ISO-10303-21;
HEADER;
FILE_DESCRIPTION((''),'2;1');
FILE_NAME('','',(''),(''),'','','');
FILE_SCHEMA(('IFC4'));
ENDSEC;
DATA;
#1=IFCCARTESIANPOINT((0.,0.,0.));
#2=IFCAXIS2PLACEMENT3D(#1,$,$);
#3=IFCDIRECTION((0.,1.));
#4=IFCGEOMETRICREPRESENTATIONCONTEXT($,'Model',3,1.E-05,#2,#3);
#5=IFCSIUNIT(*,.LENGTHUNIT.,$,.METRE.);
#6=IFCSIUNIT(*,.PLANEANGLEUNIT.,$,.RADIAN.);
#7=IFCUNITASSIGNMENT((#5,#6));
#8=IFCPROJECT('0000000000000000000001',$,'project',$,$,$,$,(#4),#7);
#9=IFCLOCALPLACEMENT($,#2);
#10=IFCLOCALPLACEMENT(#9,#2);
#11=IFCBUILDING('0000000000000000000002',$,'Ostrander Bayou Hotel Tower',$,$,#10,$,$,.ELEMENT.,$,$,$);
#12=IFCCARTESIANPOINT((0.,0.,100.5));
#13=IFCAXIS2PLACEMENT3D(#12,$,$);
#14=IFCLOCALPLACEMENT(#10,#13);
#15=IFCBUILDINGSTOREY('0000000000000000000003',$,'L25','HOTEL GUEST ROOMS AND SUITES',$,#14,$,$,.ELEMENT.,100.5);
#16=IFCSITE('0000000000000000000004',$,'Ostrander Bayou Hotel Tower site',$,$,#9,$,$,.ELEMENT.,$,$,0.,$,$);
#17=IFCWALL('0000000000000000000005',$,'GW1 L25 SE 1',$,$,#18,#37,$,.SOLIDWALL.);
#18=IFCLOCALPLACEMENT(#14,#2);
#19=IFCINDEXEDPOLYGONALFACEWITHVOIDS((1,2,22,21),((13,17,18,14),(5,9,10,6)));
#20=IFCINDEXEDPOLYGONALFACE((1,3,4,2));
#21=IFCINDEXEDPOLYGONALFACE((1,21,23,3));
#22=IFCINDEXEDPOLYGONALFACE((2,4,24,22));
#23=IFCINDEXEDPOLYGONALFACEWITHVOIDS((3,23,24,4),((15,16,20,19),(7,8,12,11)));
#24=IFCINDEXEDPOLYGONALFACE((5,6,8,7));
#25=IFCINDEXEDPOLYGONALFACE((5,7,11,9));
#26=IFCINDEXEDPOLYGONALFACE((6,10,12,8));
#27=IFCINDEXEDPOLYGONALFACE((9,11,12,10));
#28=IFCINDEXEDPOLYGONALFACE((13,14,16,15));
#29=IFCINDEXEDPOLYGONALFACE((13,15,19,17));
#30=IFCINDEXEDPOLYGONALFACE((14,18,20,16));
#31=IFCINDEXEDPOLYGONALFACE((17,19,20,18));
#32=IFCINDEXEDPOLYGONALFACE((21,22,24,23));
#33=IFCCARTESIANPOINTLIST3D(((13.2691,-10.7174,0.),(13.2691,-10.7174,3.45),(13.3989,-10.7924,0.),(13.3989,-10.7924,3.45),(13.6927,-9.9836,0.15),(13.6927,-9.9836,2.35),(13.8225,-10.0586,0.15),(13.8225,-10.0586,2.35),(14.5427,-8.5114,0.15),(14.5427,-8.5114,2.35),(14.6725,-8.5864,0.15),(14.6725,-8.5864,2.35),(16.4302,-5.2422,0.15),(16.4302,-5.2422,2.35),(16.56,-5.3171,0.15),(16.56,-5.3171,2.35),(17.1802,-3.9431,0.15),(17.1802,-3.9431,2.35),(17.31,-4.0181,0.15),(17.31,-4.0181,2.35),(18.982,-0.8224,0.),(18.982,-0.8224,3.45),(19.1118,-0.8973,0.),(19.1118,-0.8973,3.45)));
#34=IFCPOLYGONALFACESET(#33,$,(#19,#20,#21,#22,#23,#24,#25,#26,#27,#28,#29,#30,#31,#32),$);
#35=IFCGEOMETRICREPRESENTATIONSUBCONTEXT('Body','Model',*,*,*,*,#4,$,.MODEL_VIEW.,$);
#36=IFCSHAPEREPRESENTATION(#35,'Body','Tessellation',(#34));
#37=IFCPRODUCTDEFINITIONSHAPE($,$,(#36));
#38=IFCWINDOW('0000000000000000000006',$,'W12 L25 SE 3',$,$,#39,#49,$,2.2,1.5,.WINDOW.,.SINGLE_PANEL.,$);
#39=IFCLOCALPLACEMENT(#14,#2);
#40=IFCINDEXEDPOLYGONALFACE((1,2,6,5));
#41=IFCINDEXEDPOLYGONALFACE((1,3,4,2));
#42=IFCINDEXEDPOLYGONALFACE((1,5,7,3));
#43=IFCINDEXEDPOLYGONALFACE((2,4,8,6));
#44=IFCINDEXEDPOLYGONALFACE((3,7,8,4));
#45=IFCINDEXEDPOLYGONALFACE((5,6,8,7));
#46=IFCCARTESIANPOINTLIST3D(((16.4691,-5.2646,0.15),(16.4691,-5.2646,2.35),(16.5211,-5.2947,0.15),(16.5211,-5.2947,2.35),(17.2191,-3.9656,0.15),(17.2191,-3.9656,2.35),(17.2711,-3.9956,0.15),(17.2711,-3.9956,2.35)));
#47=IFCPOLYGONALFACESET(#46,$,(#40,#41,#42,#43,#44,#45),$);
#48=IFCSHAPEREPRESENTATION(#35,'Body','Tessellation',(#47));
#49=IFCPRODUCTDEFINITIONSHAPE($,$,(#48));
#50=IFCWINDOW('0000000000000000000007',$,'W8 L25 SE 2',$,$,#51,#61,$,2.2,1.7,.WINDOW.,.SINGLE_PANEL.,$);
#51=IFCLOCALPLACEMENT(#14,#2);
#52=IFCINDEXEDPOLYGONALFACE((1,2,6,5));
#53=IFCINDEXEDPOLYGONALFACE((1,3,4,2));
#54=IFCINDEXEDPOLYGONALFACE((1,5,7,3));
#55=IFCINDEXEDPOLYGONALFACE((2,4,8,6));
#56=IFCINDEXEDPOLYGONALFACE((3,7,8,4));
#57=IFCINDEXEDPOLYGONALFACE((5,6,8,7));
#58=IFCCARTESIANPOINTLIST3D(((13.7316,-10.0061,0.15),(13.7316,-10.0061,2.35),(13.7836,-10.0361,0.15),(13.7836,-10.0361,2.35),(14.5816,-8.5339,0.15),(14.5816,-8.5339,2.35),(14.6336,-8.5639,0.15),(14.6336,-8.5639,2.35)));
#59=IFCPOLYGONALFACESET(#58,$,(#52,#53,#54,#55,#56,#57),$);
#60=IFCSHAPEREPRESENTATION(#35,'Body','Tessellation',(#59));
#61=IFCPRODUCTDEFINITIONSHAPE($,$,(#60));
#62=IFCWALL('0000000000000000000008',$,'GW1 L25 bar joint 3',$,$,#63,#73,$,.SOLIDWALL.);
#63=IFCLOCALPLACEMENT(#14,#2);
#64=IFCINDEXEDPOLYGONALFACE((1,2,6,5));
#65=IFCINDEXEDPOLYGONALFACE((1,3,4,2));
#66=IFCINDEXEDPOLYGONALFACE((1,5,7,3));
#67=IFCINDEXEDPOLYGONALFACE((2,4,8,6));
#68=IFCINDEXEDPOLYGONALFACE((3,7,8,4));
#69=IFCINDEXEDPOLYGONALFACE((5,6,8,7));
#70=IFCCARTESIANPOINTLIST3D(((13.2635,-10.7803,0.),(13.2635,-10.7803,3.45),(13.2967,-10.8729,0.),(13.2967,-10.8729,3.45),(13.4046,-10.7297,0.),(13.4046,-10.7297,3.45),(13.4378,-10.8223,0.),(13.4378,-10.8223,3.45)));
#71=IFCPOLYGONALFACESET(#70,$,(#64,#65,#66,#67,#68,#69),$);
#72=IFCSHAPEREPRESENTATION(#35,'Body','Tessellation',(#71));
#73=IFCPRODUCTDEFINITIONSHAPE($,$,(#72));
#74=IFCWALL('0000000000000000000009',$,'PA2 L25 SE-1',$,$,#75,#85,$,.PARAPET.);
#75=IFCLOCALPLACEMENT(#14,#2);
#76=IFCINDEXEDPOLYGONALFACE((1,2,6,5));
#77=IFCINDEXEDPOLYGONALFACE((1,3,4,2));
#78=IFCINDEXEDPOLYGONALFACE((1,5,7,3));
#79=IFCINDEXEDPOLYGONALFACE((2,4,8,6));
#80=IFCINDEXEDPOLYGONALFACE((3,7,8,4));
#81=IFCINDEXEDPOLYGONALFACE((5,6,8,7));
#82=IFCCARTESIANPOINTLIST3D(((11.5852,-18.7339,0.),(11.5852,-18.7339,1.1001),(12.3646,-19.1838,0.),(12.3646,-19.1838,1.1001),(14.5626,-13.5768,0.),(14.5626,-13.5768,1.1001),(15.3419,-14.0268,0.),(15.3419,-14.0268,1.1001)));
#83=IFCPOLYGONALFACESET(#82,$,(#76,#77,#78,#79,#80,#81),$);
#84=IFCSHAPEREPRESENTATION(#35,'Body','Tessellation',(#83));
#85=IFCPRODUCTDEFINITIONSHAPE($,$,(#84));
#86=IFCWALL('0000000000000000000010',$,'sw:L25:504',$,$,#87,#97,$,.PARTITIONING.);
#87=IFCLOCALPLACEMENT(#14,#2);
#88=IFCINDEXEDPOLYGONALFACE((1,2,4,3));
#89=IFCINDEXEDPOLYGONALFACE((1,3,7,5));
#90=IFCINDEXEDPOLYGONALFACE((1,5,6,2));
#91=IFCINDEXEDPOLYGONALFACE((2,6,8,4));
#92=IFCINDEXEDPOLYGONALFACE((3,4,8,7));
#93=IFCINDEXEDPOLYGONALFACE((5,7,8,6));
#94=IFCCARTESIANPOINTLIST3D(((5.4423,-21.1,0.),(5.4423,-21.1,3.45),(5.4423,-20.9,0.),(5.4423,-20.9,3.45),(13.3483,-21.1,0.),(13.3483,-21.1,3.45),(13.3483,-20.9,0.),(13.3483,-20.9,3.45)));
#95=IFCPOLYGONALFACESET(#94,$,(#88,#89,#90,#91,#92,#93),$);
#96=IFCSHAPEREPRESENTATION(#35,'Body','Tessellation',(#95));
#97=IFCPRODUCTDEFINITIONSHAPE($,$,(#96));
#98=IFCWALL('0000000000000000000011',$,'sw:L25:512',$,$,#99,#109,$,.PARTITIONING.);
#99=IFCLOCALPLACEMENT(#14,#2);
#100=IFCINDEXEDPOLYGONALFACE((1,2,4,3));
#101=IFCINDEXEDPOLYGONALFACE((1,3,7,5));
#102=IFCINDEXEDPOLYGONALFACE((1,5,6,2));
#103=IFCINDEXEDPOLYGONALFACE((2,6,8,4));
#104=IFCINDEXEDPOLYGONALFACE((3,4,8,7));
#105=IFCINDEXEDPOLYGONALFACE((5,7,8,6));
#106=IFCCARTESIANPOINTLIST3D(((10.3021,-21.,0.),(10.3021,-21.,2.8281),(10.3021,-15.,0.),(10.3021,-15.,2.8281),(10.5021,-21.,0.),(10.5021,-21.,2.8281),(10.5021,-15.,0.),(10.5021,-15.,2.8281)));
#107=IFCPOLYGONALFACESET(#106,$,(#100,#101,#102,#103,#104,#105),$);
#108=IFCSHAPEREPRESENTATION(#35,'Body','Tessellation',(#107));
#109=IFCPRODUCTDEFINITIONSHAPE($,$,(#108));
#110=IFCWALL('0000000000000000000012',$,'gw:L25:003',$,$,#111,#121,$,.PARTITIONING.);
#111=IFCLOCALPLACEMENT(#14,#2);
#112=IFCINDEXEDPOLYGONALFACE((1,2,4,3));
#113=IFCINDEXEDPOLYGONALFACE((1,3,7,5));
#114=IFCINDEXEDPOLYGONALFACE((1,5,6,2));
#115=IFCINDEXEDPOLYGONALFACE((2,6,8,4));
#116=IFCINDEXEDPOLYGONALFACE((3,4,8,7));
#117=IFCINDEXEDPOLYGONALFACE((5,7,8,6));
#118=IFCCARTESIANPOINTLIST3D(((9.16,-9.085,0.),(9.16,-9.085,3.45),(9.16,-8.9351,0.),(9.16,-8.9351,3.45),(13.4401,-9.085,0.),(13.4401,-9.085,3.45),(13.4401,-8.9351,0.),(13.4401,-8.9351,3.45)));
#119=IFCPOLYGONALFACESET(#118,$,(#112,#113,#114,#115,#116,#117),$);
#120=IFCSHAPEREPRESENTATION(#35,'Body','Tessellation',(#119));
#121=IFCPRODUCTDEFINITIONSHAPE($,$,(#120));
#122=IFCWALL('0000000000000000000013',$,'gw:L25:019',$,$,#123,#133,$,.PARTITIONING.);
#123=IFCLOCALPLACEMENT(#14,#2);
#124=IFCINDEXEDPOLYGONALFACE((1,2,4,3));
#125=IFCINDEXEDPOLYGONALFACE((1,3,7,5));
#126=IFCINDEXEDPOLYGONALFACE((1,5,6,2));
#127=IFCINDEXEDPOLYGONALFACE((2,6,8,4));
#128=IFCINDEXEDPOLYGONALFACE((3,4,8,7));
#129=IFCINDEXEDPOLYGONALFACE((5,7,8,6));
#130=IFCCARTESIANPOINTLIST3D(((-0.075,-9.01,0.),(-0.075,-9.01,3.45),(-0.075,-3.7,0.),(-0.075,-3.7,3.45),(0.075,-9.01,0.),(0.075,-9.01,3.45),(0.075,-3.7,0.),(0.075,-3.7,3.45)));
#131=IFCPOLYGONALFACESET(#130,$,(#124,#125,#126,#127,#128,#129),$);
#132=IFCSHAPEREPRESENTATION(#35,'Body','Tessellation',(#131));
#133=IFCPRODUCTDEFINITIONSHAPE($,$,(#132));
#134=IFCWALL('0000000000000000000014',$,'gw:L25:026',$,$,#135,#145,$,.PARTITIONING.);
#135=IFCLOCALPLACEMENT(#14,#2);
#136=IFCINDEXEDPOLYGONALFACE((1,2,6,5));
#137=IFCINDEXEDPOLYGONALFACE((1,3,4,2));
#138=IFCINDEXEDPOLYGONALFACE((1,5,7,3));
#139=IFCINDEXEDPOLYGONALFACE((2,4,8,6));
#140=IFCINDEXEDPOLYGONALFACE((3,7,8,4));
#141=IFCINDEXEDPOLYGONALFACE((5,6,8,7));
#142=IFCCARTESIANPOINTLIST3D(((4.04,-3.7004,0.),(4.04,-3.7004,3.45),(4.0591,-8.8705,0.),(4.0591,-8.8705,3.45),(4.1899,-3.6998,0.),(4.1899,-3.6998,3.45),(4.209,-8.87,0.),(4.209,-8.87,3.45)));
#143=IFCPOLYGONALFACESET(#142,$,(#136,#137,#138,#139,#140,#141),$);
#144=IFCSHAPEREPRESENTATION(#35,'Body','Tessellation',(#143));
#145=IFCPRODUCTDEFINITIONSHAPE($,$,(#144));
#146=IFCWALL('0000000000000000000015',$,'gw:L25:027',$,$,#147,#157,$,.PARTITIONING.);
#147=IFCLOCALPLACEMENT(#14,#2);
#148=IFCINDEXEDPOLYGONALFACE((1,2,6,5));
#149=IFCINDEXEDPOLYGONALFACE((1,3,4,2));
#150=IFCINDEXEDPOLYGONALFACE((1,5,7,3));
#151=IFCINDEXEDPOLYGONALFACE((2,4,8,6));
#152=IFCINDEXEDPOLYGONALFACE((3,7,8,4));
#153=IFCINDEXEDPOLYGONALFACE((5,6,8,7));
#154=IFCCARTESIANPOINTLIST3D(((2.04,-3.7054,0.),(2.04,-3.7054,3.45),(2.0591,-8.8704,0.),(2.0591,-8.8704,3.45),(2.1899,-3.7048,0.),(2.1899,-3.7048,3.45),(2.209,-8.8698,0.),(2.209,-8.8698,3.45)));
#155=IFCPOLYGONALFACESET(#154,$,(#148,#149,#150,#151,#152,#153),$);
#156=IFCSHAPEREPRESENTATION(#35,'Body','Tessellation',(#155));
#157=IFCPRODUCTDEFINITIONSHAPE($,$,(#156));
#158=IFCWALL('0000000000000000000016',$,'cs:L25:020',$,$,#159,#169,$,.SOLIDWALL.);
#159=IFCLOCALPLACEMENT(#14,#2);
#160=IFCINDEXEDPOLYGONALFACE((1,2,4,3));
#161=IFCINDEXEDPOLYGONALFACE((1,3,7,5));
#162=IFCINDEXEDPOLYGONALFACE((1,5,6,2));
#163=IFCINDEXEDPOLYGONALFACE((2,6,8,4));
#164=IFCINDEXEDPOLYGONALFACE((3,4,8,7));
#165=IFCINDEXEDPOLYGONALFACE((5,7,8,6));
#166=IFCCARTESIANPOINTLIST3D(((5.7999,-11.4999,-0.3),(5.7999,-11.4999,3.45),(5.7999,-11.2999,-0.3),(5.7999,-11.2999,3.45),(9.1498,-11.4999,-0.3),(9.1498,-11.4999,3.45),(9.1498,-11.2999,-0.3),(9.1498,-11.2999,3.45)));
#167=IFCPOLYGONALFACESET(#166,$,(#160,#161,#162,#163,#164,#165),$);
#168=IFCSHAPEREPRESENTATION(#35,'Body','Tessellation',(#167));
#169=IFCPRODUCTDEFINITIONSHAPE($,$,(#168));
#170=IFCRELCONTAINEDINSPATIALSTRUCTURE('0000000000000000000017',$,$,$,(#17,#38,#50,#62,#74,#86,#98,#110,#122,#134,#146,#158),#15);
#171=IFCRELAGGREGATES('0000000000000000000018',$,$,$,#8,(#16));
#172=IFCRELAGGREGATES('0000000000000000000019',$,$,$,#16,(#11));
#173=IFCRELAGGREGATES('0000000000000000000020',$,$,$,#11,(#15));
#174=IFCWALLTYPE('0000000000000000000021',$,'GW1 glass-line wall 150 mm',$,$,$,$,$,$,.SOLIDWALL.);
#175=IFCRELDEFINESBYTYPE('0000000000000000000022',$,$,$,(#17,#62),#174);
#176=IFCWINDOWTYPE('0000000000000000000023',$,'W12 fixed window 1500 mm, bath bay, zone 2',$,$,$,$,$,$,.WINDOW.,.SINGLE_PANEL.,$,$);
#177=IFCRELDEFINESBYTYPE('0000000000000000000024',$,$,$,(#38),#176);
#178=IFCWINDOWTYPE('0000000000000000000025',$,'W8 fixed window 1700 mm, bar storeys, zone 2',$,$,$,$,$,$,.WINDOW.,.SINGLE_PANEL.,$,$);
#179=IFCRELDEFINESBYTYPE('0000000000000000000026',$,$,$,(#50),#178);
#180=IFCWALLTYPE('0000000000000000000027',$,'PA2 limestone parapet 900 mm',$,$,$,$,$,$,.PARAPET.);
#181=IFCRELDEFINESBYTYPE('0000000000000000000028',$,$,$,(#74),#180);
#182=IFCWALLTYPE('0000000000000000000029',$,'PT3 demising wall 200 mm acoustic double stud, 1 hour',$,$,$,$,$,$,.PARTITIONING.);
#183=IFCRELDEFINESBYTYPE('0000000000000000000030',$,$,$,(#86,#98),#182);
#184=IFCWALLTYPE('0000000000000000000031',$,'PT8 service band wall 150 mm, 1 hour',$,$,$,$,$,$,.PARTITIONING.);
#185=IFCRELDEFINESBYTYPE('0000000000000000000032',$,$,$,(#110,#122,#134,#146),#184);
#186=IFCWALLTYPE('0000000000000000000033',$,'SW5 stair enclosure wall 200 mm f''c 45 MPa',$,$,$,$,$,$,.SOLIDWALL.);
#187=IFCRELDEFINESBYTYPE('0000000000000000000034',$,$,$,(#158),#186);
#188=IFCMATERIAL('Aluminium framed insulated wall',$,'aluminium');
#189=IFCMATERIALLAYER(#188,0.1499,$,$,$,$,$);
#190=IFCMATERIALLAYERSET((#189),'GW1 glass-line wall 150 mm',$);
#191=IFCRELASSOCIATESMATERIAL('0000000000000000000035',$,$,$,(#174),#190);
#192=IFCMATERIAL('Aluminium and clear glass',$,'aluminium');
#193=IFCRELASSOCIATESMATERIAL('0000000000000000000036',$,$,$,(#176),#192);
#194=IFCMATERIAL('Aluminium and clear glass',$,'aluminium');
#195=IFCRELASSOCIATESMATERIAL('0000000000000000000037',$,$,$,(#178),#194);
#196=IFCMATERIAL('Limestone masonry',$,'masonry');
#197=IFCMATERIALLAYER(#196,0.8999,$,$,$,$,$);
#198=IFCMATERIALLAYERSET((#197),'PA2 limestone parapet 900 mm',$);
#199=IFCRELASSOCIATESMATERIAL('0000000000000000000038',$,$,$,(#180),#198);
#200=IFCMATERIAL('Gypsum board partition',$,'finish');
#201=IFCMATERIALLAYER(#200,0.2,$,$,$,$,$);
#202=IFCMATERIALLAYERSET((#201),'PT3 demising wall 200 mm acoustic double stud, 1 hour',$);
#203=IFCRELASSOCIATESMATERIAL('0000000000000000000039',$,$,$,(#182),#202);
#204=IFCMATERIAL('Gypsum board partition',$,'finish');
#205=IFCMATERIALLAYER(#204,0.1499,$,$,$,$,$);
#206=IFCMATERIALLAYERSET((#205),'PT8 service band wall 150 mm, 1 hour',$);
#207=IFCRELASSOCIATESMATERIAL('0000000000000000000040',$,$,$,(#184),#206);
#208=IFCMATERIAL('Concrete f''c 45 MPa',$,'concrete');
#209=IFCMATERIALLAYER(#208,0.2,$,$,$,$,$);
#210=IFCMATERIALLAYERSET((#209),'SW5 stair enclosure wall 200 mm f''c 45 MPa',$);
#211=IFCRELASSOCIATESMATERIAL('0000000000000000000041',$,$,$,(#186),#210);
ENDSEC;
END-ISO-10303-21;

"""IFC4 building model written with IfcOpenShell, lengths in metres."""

from ifc_helpers import new_model, si_unit, direction, frame, frame_2d, origin, place, context, subcontext, project, spatial, rectangle, extrude, material, layer, layer_set, type_object, element, fill, save


model = new_model("IFC4")

# Units and contexts
model_context = context("Model", 3, precision=1e-05, world=origin(), true_north=direction((0.0, 1.0)))
body_context = subcontext(model_context, "Body", "Model", "MODEL_VIEW")
ifc_project = project(units=[si_unit("LENGTHUNIT", "METRE"), si_unit("PLANEANGLEUNIT", "RADIAN")], contexts=[model_context])

# Site, building, storey
site_placement = place(None, origin())
site = spatial("IfcSite", under=ifc_project, at=site_placement, Name="Ostrander Bayou Hotel Tower site", CompositionType="ELEMENT", RefElevation=0.0)
building_placement = place(site_placement, origin())
building = spatial("IfcBuilding", under=site, at=building_placement, Name="Ostrander Bayou Hotel Tower", CompositionType="ELEMENT")
storey_placement = place(building_placement, frame((0.0, 0.0, 100.5)))
storey = spatial("IfcBuildingStorey", under=building, at=storey_placement, Name="L25", Description="HOTEL GUEST ROOMS AND SUITES", CompositionType="ELEMENT", Elevation=100.5)

# Wall, openings, windows
ifc_material_1 = material(Name="Aluminium framed insulated wall", Category="aluminium")
ifc_layer_1 = layer(ifc_material_1, 0.1499)
ifc_layer_set_1 = layer_set([ifc_layer_1], Name="GW1 glass-line wall 150 mm")
wall_type_1 = type_object("IfcWallType", Name="GW1 glass-line wall 150 mm", PredefinedType="SOLIDWALL", material=ifc_layer_set_1)
wall_1_placement = place(storey_placement, frame((13.334, -10.7549, 0.0), z_axis=(0.0, 0.0, 1.0), x_axis=(0.5, 0.866025, 0.0)))
wall_1 = element("IfcWall", 1, at=wall_1_placement, inside=storey, type_object=wall_type_1, Name="GW1 L25 SE 1", PredefinedType="SOLIDWALL", context=body_context, shape_type="SweptSolid", body=[
    extrude(rectangle(XDim=11.4258, YDim=0.1499, at=frame_2d((5.7129, 0.0))), origin(), (0.0, 0.0, 1.0), 3.45),
])
opening_1_placement = place(wall_1_placement, frame((0.8472, 0.0, 0.1499)))
opening_1 = element("IfcOpeningElement", 2, at=opening_1_placement, cuts=wall_1, PredefinedType="OPENING", context=body_context, shape_type="SweptSolid", body=[
    extrude(rectangle(XDim=1.7, YDim=2.2, at=frame_2d((0.8501, 1.1001))), frame((0.0, 0.075, 0.0), z_axis=(0.0, -1.0, 0.0), x_axis=(1.0, 0.0, 0.0)), (0.0, 0.0, 1.0), 0.1499),
])
opening_2_placement = place(wall_1_placement, frame((6.3223, 0.0, 0.1499)))
opening_2 = element("IfcOpeningElement", 3, at=opening_2_placement, cuts=wall_1, PredefinedType="OPENING", context=body_context, shape_type="SweptSolid", body=[
    extrude(rectangle(XDim=1.5, YDim=2.2, at=frame_2d((0.75, 1.1001))), frame((0.0, 0.075, 0.0), z_axis=(0.0, -1.0, 0.0), x_axis=(1.0, 0.0, 0.0)), (0.0, 0.0, 1.0), 0.1499),
])
ifc_material_2 = material(Name="Aluminium and clear glass", Category="aluminium")
window_type_1 = type_object("IfcWindowType", Name="W12 fixed window 1500 mm, bath bay, zone 2", PartitioningType="SINGLE_PANEL", PredefinedType="WINDOW", material=ifc_material_2)
window_1_placement = place(opening_2_placement, origin())
window_1 = element("IfcWindow", 4, at=window_1_placement, inside=storey, type_object=window_type_1, Name="W12 L25 SE 3", OverallHeight=2.2, OverallWidth=1.5, PartitioningType="SINGLE_PANEL", PredefinedType="WINDOW", context=body_context, shape_type="SweptSolid", body=[
    extrude(rectangle(XDim=1.5, YDim=2.2, at=frame_2d((0.75, 1.1001))), frame((0.0, 0.03, 0.0), z_axis=(0.0, -1.0, 0.0), x_axis=(1.0, 0.0, 0.0)), (0.0, 0.0, 1.0), 0.0601),
])
fill(opening_2, window_1)
ifc_material_3 = material(Name="Aluminium and clear glass", Category="aluminium")
window_type_2 = type_object("IfcWindowType", Name="W8 fixed window 1700 mm, bar storeys, zone 2", PartitioningType="SINGLE_PANEL", PredefinedType="WINDOW", material=ifc_material_3)
window_2_placement = place(opening_1_placement, origin())
window_2 = element("IfcWindow", 5, at=window_2_placement, inside=storey, type_object=window_type_2, Name="W8 L25 SE 2", OverallHeight=2.2, OverallWidth=1.7, PartitioningType="SINGLE_PANEL", PredefinedType="WINDOW", context=body_context, shape_type="SweptSolid", body=[
    extrude(rectangle(XDim=1.7, YDim=2.2, at=frame_2d((0.8501, 1.1001))), frame((0.0, 0.03, 0.0), z_axis=(0.0, -1.0, 0.0), x_axis=(1.0, 0.0, 0.0)), (0.0, 0.0, 1.0), 0.0601),
])
fill(opening_1, window_2)

# Walls
wall_2_placement = place(storey_placement, frame((13.334, -10.7549, 0.0), z_axis=(0.0, 0.0, 1.0), x_axis=(0.337752, -0.941235, 0.0)))
element("IfcWall", 6, at=wall_2_placement, inside=storey, type_object=wall_type_1, Name="GW1 L25 bar joint 3", PredefinedType="SOLIDWALL", context=body_context, shape_type="SweptSolid", body=[
    extrude(rectangle(XDim=0.0984, YDim=0.1499, at=frame_2d((0.0493, 0.0))), origin(), (0.0, 0.0, 1.0), 3.45),
])
ifc_material_4 = material(Name="Limestone masonry", Category="masonry")
ifc_layer_2 = layer(ifc_material_4, 0.8999)
ifc_layer_set_2 = layer_set([ifc_layer_2], Name="PA2 limestone parapet 900 mm")
wall_type_2 = type_object("IfcWallType", Name="PA2 limestone parapet 900 mm", PredefinedType="PARAPET", material=ifc_layer_set_2)
wall_3_placement = place(storey_placement, frame((11.9749, -18.959, 0.0), z_axis=(0.0, 0.0, 1.0), x_axis=(0.499989, 0.866032, 0.0)))
element("IfcWall", 7, at=wall_3_placement, inside=storey, type_object=wall_type_2, Name="PA2 L25 SE-1", PredefinedType="PARAPET", context=body_context, shape_type="SweptSolid", body=[
    extrude(rectangle(XDim=5.9548, YDim=0.8999, at=frame_2d((2.9775, 0.0))), origin(), (0.0, 0.0, 1.0), 1.1001),
])
ifc_material_5 = material(Name="Gypsum board partition", Category="finish")
ifc_layer_3 = layer(ifc_material_5, 0.2)
ifc_layer_set_3 = layer_set([ifc_layer_3], Name="PT3 demising wall 200 mm acoustic double stud, 1 hour")
wall_type_3 = type_object("IfcWallType", Name="PT3 demising wall 200 mm acoustic double stud, 1 hour", PredefinedType="PARTITIONING", material=ifc_layer_set_3)
wall_4_placement = place(storey_placement, frame((5.4421, -21.0, 0.0), z_axis=(0.0, 0.0, 1.0), x_axis=(1.0, 0.0, 0.0)))
element("IfcWall", 8, at=wall_4_placement, inside=storey, type_object=wall_type_3, Name="sw:L25:504", PredefinedType="PARTITIONING", context=body_context, shape_type="SweptSolid", body=[
    extrude(rectangle(XDim=7.906, YDim=0.2, at=frame_2d((3.9531, 0.0))), origin(), (0.0, 0.0, 1.0), 3.45),
])
wall_5_placement = place(storey_placement, frame((10.4021, -21.0, 0.0), z_axis=(0.0, 0.0, 1.0), x_axis=(0.0, 1.0, 0.0)))
element("IfcWall", 9, at=wall_5_placement, inside=storey, type_object=wall_type_3, Name="sw:L25:512", PredefinedType="PARTITIONING", context=body_context, shape_type="SweptSolid", body=[
    extrude(rectangle(XDim=6.0, YDim=0.2, at=frame_2d((3.0, 0.0))), origin(), (0.0, 0.0, 1.0), 2.8281),
])
ifc_material_6 = material(Name="Gypsum board partition", Category="finish")
ifc_layer_4 = layer(ifc_material_6, 0.1499)
ifc_layer_set_4 = layer_set([ifc_layer_4], Name="PT8 service band wall 150 mm, 1 hour")
wall_type_4 = type_object("IfcWallType", Name="PT8 service band wall 150 mm, 1 hour", PredefinedType="PARTITIONING", material=ifc_layer_set_4)
wall_6_placement = place(storey_placement, frame((9.1599, -9.01, 0.0), z_axis=(0.0, 0.0, 1.0), x_axis=(1.0, 0.0, 0.0)))
element("IfcWall", 10, at=wall_6_placement, inside=storey, type_object=wall_type_4, Name="gw:L25:003", PredefinedType="PARTITIONING", context=body_context, shape_type="SweptSolid", body=[
    extrude(rectangle(XDim=4.28, YDim=0.1499, at=frame_2d((2.1401, 0.0))), origin(), (0.0, 0.0, 1.0), 3.45),
])
wall_7_placement = place(storey_placement, frame((0.0, -9.01, 0.0), z_axis=(0.0, 0.0, 1.0), x_axis=(0.0, 1.0, 0.0)))
element("IfcWall", 11, at=wall_7_placement, inside=storey, type_object=wall_type_4, Name="gw:L25:019", PredefinedType="PARTITIONING", context=body_context, shape_type="SweptSolid", body=[
    extrude(rectangle(XDim=5.3101, YDim=0.1499, at=frame_2d((2.655, 0.0))), origin(), (0.0, 0.0, 1.0), 3.45),
])
wall_8_placement = place(storey_placement, frame((4.134, -8.8701, 0.0), z_axis=(0.0, 0.0, 1.0), x_axis=(-0.003683, 0.999993, 0.0)))
element("IfcWall", 12, at=wall_8_placement, inside=storey, type_object=wall_type_4, Name="gw:L25:026", PredefinedType="PARTITIONING", context=body_context, shape_type="SweptSolid", body=[
    extrude(rectangle(XDim=5.1702, YDim=0.1499, at=frame_2d((2.585, 0.0))), origin(), (0.0, 0.0, 1.0), 3.45),
])
wall_9_placement = place(storey_placement, frame((2.134, -8.8701, 0.0), z_axis=(0.0, 0.0, 1.0), x_axis=(-0.003687, 0.999993, 0.0)))
element("IfcWall", 13, at=wall_9_placement, inside=storey, type_object=wall_type_4, Name="gw:L25:027", PredefinedType="PARTITIONING", context=body_context, shape_type="SweptSolid", body=[
    extrude(rectangle(XDim=5.165, YDim=0.1499, at=frame_2d((2.5825, 0.0))), origin(), (0.0, 0.0, 1.0), 3.45),
])
ifc_material_7 = material(Name="Concrete f'c 45 MPa", Category="concrete")
ifc_layer_5 = layer(ifc_material_7, 0.2)
ifc_layer_set_5 = layer_set([ifc_layer_5], Name="SW5 stair enclosure wall 200 mm f'c 45 MPa")
wall_type_5 = type_object("IfcWallType", Name="SW5 stair enclosure wall 200 mm f'c 45 MPa", PredefinedType="SOLIDWALL", material=ifc_layer_set_5)
wall_10_placement = place(storey_placement, frame((5.8, -11.3999, -0.3), z_axis=(0.0, 0.0, 1.0), x_axis=(1.0, 0.0, 0.0)))
element("IfcWall", 14, at=wall_10_placement, inside=storey, type_object=wall_type_5, Name="cs:L25:020", PredefinedType="SOLIDWALL", context=body_context, shape_type="SweptSolid", body=[
    extrude(rectangle(XDim=3.3499, YDim=0.2, at=frame_2d((1.6748, 0.0))), origin(), (0.0, 0.0, 1.0), 3.75),
])

save(model, "model.ifc")
